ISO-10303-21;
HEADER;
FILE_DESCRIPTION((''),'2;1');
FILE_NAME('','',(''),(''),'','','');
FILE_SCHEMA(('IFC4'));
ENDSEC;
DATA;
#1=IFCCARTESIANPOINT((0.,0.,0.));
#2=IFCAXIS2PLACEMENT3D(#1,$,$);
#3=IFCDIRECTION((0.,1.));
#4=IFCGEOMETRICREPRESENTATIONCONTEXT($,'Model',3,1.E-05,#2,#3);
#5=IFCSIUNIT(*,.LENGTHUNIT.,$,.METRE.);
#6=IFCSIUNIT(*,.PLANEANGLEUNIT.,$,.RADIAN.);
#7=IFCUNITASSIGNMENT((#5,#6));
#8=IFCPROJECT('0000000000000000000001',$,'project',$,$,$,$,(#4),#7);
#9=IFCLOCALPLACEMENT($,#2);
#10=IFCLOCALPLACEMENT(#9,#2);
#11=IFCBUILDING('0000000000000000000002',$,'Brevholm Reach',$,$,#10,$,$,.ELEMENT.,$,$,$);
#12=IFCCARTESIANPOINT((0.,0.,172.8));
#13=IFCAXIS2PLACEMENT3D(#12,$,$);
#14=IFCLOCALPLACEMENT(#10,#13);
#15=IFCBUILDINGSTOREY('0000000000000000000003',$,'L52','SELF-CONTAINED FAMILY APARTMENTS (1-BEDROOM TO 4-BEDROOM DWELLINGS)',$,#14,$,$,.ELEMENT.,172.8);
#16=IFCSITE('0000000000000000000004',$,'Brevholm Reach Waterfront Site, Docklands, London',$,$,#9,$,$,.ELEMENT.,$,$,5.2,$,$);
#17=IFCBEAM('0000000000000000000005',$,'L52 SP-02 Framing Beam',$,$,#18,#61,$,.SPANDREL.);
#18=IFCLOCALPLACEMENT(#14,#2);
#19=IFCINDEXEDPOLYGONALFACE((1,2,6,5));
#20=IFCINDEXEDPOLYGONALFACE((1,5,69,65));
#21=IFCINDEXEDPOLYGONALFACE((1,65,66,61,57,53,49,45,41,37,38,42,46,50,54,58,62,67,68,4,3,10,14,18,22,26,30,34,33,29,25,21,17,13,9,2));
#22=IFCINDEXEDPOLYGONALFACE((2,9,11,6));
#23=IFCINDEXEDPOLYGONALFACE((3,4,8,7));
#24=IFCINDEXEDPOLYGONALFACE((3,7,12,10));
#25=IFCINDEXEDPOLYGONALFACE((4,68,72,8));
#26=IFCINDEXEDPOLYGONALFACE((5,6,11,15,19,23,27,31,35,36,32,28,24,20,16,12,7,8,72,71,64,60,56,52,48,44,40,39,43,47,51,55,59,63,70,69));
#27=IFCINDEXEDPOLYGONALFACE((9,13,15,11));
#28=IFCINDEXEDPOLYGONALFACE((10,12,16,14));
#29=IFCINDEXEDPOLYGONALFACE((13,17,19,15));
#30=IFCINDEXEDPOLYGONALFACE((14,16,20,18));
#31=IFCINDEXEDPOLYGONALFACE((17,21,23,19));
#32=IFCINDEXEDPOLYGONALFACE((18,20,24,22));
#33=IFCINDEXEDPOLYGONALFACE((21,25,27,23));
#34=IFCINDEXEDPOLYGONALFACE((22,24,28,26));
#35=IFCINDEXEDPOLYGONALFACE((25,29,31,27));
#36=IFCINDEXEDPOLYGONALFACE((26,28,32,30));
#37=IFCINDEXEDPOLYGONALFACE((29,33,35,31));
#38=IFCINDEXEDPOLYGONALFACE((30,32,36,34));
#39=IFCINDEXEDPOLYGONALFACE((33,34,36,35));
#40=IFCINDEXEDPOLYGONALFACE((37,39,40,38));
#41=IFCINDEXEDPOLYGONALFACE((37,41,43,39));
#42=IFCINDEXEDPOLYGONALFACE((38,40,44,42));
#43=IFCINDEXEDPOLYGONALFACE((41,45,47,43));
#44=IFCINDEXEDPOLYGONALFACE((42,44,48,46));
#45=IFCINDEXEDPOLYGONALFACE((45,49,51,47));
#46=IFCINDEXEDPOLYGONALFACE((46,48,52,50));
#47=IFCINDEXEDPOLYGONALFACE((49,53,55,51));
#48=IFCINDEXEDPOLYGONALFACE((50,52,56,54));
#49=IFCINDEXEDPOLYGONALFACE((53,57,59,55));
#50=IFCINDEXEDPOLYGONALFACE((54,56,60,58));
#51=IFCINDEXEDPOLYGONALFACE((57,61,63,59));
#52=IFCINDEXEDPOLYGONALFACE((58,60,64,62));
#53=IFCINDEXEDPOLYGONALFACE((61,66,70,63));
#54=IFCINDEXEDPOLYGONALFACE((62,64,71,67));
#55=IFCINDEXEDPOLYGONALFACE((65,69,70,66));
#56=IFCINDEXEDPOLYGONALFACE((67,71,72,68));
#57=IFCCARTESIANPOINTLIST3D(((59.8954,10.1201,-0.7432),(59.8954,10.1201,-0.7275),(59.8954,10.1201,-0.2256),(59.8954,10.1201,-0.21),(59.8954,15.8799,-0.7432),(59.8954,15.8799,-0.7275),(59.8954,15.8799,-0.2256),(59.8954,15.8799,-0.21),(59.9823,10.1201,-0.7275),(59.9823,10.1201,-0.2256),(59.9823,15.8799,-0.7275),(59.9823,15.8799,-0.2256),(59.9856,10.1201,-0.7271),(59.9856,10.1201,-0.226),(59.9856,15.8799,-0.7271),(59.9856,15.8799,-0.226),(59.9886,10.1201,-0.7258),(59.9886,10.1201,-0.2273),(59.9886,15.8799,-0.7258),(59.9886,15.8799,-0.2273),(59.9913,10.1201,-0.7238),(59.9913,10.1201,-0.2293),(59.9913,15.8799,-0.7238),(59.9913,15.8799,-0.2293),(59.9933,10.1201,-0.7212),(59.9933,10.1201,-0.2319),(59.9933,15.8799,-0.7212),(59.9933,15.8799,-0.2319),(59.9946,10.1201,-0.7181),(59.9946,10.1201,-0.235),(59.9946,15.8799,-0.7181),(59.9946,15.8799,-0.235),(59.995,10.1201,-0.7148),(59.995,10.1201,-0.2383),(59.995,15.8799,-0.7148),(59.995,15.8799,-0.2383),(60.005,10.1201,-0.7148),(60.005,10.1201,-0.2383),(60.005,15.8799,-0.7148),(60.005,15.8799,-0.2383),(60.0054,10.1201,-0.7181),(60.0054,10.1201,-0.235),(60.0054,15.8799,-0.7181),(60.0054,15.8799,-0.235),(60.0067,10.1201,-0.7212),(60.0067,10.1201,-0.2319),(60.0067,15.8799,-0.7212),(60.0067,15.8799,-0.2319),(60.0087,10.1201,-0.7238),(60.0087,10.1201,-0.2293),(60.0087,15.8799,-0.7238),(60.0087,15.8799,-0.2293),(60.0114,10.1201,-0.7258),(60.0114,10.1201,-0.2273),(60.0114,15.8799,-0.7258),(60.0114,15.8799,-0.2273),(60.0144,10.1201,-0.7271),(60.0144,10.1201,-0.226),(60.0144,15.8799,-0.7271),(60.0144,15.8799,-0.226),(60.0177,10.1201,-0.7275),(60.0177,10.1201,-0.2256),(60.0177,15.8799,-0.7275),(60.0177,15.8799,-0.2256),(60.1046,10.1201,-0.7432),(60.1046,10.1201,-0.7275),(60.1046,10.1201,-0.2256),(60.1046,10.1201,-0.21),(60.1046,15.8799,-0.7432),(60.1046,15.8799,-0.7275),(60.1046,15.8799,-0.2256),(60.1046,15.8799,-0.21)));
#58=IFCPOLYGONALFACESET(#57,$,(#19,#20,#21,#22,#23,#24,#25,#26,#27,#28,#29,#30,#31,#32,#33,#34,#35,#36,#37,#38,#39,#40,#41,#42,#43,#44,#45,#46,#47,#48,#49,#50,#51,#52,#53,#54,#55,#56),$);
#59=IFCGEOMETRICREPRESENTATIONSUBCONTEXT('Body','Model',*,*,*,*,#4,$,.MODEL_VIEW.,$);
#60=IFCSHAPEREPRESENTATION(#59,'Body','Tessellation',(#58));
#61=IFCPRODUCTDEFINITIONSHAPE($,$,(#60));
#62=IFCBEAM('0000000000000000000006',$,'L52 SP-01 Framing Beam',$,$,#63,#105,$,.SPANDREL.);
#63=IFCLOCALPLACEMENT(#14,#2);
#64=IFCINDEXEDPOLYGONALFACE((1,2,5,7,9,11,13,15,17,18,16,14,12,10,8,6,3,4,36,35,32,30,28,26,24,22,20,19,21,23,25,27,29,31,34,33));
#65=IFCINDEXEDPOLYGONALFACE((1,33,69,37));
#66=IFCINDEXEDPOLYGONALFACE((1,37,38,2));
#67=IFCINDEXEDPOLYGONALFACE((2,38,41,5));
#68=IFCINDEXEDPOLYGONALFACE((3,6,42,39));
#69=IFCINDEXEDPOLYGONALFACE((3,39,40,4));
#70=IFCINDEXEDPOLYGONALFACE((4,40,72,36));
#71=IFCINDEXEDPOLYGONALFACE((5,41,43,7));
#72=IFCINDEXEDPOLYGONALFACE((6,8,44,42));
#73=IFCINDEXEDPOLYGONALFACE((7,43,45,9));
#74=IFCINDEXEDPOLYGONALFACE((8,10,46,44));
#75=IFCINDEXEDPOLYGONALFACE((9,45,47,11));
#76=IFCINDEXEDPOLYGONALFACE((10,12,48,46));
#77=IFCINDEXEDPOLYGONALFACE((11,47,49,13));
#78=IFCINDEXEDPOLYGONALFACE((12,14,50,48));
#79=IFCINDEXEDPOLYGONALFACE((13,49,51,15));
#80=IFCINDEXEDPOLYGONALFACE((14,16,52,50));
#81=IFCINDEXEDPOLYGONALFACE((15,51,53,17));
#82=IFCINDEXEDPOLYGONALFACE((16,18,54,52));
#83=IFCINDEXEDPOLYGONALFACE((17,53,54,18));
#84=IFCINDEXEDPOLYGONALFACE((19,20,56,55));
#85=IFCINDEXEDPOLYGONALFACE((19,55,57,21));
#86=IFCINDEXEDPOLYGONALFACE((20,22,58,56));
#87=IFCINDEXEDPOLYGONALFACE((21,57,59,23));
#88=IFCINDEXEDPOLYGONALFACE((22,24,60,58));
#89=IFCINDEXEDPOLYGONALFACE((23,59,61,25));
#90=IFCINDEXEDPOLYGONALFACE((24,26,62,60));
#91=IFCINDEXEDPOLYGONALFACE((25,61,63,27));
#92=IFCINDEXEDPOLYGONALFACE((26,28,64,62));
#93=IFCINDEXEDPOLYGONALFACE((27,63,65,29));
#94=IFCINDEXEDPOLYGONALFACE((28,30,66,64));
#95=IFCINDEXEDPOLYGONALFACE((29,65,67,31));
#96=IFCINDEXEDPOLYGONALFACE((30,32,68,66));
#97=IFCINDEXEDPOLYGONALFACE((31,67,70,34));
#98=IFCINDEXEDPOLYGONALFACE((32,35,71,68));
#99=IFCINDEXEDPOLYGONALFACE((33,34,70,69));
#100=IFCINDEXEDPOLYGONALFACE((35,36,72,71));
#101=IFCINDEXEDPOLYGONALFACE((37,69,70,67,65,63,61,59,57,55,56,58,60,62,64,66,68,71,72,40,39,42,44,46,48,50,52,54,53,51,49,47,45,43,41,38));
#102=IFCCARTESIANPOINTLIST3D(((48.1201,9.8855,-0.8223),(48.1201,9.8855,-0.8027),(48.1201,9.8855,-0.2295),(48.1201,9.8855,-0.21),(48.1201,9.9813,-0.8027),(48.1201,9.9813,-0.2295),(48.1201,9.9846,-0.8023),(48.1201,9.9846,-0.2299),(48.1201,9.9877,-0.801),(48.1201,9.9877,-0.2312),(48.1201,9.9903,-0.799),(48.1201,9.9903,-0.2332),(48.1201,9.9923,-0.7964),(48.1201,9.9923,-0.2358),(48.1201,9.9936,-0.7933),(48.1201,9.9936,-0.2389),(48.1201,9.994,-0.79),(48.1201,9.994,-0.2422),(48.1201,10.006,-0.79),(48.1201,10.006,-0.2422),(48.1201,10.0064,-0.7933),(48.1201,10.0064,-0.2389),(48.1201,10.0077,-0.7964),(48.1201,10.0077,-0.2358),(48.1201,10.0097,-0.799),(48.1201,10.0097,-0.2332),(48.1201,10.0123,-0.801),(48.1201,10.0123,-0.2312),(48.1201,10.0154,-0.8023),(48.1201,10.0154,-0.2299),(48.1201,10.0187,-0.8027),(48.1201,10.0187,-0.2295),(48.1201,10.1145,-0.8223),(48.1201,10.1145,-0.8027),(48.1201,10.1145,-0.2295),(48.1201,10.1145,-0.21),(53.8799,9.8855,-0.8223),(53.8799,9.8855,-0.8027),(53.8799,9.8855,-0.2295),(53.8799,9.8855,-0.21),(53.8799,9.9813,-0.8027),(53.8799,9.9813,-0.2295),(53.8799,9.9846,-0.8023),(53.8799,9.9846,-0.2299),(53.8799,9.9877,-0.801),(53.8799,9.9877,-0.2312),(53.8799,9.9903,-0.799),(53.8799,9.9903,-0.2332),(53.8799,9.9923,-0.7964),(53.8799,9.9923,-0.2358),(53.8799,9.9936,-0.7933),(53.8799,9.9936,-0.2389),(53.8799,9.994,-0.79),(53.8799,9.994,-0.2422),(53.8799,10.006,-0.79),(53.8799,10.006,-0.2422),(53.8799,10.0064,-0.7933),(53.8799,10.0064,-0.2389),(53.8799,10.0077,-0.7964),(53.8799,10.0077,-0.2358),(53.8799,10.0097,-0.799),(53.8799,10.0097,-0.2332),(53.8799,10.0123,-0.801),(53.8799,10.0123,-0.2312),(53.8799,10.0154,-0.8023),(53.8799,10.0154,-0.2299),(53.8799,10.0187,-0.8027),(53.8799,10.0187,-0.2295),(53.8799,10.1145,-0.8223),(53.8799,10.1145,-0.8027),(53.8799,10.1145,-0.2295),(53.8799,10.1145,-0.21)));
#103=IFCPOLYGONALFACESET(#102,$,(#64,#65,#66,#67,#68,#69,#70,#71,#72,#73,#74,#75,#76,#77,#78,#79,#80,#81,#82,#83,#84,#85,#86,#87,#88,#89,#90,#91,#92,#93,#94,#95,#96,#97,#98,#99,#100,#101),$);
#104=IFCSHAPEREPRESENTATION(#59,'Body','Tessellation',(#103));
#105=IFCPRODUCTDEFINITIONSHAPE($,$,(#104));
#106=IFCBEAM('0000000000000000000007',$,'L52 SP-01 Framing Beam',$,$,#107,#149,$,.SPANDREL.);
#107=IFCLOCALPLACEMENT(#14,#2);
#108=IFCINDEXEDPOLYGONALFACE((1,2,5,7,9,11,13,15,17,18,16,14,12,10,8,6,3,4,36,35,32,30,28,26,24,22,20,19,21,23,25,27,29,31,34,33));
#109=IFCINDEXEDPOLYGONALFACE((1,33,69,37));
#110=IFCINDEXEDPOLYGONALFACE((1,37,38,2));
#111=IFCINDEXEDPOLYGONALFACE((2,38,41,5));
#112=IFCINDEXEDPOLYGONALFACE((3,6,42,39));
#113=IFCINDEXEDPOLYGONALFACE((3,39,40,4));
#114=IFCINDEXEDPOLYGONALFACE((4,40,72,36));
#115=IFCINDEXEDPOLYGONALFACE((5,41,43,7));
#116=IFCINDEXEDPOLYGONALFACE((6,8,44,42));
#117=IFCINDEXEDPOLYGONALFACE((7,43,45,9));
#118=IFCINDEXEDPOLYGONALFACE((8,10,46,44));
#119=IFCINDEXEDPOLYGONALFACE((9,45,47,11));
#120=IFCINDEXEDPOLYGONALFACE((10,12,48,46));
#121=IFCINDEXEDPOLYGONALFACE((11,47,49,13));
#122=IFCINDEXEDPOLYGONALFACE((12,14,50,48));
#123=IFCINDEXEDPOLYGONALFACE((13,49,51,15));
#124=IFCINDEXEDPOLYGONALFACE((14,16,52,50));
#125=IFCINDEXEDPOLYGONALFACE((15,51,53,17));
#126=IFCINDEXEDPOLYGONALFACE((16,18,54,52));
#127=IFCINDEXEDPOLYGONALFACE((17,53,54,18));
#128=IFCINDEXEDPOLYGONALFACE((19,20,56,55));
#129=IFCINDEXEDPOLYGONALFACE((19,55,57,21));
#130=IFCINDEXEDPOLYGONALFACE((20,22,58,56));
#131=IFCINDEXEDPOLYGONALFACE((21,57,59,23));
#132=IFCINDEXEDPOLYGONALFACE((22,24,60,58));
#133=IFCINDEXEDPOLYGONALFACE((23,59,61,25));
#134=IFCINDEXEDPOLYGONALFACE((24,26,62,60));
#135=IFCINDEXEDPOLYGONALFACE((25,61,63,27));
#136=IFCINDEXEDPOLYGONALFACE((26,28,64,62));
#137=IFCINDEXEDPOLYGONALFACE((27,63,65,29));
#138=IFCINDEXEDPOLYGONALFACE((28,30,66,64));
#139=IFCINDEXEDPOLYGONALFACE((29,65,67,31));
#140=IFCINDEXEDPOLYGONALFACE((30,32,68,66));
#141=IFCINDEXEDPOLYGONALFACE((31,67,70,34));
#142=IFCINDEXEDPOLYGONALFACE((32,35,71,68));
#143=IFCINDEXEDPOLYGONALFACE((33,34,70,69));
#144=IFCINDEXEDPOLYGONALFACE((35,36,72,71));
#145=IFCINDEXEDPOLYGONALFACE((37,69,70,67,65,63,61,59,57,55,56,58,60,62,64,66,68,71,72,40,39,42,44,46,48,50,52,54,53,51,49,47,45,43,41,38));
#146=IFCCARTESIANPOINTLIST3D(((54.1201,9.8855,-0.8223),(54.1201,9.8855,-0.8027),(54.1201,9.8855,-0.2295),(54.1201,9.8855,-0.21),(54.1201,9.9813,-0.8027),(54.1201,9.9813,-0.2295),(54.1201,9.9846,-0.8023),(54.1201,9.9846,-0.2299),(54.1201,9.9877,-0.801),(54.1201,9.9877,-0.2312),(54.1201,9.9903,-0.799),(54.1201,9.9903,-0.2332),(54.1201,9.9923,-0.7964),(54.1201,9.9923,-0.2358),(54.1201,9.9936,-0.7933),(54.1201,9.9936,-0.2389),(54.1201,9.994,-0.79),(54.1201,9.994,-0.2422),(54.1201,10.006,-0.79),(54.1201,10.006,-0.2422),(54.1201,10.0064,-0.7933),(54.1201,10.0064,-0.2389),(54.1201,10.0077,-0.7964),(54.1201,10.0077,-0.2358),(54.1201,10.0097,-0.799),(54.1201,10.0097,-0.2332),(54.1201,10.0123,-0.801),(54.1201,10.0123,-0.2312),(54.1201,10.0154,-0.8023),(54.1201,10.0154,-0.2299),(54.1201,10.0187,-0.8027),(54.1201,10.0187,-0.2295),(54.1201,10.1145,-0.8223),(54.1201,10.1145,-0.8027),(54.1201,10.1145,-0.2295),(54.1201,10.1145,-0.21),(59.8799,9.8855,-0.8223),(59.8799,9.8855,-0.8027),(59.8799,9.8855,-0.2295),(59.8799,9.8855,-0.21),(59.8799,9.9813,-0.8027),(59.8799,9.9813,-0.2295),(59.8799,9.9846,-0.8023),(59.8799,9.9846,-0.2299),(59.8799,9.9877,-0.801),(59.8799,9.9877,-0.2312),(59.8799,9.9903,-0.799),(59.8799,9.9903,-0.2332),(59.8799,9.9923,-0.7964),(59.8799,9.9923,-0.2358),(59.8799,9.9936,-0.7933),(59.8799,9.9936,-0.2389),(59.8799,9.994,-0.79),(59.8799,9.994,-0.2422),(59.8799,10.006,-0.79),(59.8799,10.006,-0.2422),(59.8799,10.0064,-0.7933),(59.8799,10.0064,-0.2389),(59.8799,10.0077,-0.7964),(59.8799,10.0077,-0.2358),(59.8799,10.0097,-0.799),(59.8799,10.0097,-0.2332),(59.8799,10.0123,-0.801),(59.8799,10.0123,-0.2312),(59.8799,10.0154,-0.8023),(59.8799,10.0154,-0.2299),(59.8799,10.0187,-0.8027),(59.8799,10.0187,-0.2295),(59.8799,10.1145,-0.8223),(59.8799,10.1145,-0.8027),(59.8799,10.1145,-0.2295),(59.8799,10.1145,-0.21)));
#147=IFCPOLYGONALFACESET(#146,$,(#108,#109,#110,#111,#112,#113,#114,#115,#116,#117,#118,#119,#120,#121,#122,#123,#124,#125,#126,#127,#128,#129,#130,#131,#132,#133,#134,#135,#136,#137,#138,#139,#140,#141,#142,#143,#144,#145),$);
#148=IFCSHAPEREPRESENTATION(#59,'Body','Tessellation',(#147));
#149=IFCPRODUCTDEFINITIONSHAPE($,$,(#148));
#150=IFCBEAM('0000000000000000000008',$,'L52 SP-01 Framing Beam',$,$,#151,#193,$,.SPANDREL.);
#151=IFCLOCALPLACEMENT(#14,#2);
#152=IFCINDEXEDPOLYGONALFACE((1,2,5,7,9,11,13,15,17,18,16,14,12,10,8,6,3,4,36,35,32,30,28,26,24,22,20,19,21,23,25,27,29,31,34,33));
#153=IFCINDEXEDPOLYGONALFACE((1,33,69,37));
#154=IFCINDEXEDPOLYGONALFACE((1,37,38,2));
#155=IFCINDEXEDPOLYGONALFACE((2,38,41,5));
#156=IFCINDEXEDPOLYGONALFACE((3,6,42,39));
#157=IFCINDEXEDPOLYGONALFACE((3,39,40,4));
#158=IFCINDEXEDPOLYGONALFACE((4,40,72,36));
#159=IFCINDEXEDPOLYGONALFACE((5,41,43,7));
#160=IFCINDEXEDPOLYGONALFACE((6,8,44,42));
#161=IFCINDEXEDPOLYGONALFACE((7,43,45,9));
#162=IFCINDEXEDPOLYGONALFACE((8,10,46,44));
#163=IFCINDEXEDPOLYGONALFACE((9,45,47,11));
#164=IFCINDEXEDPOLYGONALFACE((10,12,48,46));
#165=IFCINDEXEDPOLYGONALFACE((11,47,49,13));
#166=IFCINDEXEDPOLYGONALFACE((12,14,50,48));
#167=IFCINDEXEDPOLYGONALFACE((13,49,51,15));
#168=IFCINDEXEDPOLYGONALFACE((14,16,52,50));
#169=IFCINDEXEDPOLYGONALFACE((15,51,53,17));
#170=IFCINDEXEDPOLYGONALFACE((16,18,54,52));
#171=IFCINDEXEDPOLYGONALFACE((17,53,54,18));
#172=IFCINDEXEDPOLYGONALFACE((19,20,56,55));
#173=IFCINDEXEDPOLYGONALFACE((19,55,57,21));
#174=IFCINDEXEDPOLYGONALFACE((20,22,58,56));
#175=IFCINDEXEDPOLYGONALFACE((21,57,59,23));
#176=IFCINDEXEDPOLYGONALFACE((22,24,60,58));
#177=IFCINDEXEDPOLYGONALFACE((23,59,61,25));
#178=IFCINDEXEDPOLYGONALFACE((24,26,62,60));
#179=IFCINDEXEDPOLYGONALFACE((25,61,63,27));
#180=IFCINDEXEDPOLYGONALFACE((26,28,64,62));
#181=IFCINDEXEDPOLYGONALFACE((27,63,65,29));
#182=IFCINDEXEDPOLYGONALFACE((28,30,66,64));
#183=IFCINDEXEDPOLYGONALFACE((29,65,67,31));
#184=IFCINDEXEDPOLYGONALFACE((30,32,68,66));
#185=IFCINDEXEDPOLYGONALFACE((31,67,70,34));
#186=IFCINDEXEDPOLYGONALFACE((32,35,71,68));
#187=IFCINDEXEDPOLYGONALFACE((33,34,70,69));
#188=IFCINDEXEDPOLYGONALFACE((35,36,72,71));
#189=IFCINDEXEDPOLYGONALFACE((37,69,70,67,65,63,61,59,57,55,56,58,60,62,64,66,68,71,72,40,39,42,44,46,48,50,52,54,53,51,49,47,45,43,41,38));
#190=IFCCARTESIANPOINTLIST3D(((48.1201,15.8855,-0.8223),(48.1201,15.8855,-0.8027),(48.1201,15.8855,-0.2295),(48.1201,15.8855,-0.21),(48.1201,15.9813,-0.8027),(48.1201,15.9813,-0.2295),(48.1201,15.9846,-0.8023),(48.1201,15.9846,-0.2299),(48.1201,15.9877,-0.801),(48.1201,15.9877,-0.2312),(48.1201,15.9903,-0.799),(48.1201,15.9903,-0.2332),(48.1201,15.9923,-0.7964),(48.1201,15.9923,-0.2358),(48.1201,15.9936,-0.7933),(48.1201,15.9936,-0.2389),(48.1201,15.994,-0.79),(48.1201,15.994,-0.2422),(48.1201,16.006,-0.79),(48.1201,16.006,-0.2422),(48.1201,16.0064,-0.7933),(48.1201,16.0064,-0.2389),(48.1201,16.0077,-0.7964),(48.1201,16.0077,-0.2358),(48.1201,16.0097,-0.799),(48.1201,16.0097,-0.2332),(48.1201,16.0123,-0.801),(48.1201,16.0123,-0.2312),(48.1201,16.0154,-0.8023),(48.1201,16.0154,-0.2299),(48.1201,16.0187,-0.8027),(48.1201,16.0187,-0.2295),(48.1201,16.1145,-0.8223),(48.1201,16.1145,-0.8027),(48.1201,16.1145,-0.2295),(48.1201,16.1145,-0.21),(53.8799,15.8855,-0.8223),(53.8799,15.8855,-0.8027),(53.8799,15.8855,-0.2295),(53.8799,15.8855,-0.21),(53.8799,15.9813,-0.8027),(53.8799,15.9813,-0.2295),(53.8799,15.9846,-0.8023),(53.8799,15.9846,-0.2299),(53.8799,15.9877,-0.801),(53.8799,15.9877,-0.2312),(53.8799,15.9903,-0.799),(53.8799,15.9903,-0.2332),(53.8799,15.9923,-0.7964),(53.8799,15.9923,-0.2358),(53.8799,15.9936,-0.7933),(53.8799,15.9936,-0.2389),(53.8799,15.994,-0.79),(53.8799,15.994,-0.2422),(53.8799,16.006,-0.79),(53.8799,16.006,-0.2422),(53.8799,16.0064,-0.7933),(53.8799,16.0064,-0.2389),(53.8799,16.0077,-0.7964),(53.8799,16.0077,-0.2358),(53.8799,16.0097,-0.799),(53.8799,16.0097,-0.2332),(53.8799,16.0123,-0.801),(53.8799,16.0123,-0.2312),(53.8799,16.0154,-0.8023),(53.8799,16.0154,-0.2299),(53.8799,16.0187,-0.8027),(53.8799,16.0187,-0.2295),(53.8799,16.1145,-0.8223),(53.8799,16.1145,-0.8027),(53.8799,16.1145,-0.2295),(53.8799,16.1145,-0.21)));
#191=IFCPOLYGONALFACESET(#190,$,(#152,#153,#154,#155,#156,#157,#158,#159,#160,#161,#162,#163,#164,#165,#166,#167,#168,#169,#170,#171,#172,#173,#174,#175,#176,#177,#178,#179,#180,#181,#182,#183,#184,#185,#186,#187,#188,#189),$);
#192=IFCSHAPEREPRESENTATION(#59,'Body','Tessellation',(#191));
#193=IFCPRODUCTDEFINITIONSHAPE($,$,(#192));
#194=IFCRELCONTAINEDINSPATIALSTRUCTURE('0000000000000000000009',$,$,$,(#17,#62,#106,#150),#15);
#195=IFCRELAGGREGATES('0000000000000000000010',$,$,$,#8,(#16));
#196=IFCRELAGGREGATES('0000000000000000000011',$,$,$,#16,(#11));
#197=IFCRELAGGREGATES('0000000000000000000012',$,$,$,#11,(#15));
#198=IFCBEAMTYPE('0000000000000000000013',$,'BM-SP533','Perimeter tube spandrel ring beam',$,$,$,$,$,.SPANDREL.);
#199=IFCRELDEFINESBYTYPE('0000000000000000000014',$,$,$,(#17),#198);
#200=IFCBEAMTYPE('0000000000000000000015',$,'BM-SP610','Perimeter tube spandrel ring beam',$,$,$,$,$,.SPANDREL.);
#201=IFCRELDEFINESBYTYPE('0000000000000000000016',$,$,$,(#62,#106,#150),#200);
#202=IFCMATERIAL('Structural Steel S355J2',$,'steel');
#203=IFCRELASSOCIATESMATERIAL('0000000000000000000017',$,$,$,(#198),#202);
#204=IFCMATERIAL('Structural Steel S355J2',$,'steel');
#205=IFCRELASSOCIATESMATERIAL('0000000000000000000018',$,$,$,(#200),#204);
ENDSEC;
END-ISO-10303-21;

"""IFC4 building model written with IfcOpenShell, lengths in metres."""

from ifc_helpers import new_model, si_unit, direction, frame, origin, origin_2d, place, context, subcontext, project, spatial, i_section, extrude, material, material_profile, profile_set, type_object, element, save


model = new_model("IFC4")

# Units and contexts
model_context = context("Model", 3, precision=1e-05, world=origin(), true_north=direction((0.0, 1.0)))
body_context = subcontext(model_context, "Body", "Model", "MODEL_VIEW")
ifc_project = project(units=[si_unit("LENGTHUNIT", "METRE"), si_unit("PLANEANGLEUNIT", "RADIAN")], contexts=[model_context])

# Site, building, storey
site_placement = place(None, origin())
site = spatial("IfcSite", under=ifc_project, at=site_placement, Name="Brevholm Reach Waterfront Site, Docklands, London", CompositionType="ELEMENT", RefElevation=5.2)
building_placement = place(site_placement, origin())
building = spatial("IfcBuilding", under=site, at=building_placement, Name="Brevholm Reach", CompositionType="ELEMENT")
storey_placement = place(building_placement, frame((0.0, 0.0, 172.8)))
storey = spatial("IfcBuildingStorey", under=building, at=storey_placement, Name="L52", Description="SELF-CONTAINED FAMILY APARTMENTS (1-BEDROOM TO 4-BEDROOM DWELLINGS)", CompositionType="ELEMENT", Elevation=172.8)

# Beams
ifc_material_1 = material(Name="Structural Steel S355J2", Category="steel")
ifc_material_profile_1 = material_profile(ifc_material_1, i_section(OverallWidth=0.2092, OverallDepth=0.5332, WebThickness=0.01, FlangeThickness=0.0156, FilletRadius=0.0127, at=origin_2d()), Name="UKB 533x210x92")
ifc_profile_set_1 = profile_set([ifc_material_profile_1], Name="Structural Steel S355J2")
beam_type_1 = type_object("IfcBeamType", Name="BM-SP533", Description="Perimeter tube spandrel ring beam", PredefinedType="SPANDREL", material=ifc_profile_set_1)
beam_placement = place(storey_placement, frame((60.0, 10.1201, -0.4766), z_axis=(0.0, 1.0, 0.0), x_axis=(-1.0, 0.0, 0.0)))
element("IfcBeam", 1, at=beam_placement, inside=storey, type_object=beam_type_1, Name="L52 SP-02 Framing Beam", PredefinedType="SPANDREL", context=body_context, shape_type="SweptSolid", body=[
    extrude(i_section(OverallWidth=0.2092, OverallDepth=0.5332, WebThickness=0.01, FlangeThickness=0.0156, FilletRadius=0.0127, at=origin_2d()), origin(), (0.0, 0.0, 1.0), 5.7598),
])
ifc_material_2 = material(Name="Structural Steel S355J2", Category="steel")
ifc_material_profile_2 = material_profile(ifc_material_2, i_section(OverallWidth=0.229, OverallDepth=0.6123, WebThickness=0.012, FlangeThickness=0.0195, FilletRadius=0.0127, at=origin_2d()), Name="UKB 610x229x125")
ifc_profile_set_2 = profile_set([ifc_material_profile_2], Name="Structural Steel S355J2")
beam_type_2 = type_object("IfcBeamType", Name="BM-SP610", Description="Perimeter tube spandrel ring beam", PredefinedType="SPANDREL", material=ifc_profile_set_2)
for number, where, z_axis, x_axis, name in (
    (2, (48.1201, 10.0, -0.5161), (1.0, 0.0, 0.0), (0.0, 1.0, 0.0), "L52 SP-01 Framing Beam"),
    (3, (54.1201, 10.0, -0.5161), (1.0, 0.0, 0.0), (0.0, 1.0, 0.0), "L52 SP-01 Framing Beam"),
    (4, (48.1201, 16.0, -0.5161), (1.0, 0.0, 0.0), (0.0, 1.0, 0.0), "L52 SP-01 Framing Beam"),
):
    element("IfcBeam", number, at=place(storey_placement, frame(where, z_axis=z_axis, x_axis=x_axis)), inside=storey, type_object=beam_type_2, Name=name, PredefinedType="SPANDREL", context=body_context, shape_type="SweptSolid", body=[
        extrude(i_section(OverallWidth=0.229, OverallDepth=0.6123, WebThickness=0.012, FlangeThickness=0.0195, FilletRadius=0.0127, at=origin_2d()), origin(), (0.0, 0.0, 1.0), 5.7598),
    ])

save(model, "model.ifc")
